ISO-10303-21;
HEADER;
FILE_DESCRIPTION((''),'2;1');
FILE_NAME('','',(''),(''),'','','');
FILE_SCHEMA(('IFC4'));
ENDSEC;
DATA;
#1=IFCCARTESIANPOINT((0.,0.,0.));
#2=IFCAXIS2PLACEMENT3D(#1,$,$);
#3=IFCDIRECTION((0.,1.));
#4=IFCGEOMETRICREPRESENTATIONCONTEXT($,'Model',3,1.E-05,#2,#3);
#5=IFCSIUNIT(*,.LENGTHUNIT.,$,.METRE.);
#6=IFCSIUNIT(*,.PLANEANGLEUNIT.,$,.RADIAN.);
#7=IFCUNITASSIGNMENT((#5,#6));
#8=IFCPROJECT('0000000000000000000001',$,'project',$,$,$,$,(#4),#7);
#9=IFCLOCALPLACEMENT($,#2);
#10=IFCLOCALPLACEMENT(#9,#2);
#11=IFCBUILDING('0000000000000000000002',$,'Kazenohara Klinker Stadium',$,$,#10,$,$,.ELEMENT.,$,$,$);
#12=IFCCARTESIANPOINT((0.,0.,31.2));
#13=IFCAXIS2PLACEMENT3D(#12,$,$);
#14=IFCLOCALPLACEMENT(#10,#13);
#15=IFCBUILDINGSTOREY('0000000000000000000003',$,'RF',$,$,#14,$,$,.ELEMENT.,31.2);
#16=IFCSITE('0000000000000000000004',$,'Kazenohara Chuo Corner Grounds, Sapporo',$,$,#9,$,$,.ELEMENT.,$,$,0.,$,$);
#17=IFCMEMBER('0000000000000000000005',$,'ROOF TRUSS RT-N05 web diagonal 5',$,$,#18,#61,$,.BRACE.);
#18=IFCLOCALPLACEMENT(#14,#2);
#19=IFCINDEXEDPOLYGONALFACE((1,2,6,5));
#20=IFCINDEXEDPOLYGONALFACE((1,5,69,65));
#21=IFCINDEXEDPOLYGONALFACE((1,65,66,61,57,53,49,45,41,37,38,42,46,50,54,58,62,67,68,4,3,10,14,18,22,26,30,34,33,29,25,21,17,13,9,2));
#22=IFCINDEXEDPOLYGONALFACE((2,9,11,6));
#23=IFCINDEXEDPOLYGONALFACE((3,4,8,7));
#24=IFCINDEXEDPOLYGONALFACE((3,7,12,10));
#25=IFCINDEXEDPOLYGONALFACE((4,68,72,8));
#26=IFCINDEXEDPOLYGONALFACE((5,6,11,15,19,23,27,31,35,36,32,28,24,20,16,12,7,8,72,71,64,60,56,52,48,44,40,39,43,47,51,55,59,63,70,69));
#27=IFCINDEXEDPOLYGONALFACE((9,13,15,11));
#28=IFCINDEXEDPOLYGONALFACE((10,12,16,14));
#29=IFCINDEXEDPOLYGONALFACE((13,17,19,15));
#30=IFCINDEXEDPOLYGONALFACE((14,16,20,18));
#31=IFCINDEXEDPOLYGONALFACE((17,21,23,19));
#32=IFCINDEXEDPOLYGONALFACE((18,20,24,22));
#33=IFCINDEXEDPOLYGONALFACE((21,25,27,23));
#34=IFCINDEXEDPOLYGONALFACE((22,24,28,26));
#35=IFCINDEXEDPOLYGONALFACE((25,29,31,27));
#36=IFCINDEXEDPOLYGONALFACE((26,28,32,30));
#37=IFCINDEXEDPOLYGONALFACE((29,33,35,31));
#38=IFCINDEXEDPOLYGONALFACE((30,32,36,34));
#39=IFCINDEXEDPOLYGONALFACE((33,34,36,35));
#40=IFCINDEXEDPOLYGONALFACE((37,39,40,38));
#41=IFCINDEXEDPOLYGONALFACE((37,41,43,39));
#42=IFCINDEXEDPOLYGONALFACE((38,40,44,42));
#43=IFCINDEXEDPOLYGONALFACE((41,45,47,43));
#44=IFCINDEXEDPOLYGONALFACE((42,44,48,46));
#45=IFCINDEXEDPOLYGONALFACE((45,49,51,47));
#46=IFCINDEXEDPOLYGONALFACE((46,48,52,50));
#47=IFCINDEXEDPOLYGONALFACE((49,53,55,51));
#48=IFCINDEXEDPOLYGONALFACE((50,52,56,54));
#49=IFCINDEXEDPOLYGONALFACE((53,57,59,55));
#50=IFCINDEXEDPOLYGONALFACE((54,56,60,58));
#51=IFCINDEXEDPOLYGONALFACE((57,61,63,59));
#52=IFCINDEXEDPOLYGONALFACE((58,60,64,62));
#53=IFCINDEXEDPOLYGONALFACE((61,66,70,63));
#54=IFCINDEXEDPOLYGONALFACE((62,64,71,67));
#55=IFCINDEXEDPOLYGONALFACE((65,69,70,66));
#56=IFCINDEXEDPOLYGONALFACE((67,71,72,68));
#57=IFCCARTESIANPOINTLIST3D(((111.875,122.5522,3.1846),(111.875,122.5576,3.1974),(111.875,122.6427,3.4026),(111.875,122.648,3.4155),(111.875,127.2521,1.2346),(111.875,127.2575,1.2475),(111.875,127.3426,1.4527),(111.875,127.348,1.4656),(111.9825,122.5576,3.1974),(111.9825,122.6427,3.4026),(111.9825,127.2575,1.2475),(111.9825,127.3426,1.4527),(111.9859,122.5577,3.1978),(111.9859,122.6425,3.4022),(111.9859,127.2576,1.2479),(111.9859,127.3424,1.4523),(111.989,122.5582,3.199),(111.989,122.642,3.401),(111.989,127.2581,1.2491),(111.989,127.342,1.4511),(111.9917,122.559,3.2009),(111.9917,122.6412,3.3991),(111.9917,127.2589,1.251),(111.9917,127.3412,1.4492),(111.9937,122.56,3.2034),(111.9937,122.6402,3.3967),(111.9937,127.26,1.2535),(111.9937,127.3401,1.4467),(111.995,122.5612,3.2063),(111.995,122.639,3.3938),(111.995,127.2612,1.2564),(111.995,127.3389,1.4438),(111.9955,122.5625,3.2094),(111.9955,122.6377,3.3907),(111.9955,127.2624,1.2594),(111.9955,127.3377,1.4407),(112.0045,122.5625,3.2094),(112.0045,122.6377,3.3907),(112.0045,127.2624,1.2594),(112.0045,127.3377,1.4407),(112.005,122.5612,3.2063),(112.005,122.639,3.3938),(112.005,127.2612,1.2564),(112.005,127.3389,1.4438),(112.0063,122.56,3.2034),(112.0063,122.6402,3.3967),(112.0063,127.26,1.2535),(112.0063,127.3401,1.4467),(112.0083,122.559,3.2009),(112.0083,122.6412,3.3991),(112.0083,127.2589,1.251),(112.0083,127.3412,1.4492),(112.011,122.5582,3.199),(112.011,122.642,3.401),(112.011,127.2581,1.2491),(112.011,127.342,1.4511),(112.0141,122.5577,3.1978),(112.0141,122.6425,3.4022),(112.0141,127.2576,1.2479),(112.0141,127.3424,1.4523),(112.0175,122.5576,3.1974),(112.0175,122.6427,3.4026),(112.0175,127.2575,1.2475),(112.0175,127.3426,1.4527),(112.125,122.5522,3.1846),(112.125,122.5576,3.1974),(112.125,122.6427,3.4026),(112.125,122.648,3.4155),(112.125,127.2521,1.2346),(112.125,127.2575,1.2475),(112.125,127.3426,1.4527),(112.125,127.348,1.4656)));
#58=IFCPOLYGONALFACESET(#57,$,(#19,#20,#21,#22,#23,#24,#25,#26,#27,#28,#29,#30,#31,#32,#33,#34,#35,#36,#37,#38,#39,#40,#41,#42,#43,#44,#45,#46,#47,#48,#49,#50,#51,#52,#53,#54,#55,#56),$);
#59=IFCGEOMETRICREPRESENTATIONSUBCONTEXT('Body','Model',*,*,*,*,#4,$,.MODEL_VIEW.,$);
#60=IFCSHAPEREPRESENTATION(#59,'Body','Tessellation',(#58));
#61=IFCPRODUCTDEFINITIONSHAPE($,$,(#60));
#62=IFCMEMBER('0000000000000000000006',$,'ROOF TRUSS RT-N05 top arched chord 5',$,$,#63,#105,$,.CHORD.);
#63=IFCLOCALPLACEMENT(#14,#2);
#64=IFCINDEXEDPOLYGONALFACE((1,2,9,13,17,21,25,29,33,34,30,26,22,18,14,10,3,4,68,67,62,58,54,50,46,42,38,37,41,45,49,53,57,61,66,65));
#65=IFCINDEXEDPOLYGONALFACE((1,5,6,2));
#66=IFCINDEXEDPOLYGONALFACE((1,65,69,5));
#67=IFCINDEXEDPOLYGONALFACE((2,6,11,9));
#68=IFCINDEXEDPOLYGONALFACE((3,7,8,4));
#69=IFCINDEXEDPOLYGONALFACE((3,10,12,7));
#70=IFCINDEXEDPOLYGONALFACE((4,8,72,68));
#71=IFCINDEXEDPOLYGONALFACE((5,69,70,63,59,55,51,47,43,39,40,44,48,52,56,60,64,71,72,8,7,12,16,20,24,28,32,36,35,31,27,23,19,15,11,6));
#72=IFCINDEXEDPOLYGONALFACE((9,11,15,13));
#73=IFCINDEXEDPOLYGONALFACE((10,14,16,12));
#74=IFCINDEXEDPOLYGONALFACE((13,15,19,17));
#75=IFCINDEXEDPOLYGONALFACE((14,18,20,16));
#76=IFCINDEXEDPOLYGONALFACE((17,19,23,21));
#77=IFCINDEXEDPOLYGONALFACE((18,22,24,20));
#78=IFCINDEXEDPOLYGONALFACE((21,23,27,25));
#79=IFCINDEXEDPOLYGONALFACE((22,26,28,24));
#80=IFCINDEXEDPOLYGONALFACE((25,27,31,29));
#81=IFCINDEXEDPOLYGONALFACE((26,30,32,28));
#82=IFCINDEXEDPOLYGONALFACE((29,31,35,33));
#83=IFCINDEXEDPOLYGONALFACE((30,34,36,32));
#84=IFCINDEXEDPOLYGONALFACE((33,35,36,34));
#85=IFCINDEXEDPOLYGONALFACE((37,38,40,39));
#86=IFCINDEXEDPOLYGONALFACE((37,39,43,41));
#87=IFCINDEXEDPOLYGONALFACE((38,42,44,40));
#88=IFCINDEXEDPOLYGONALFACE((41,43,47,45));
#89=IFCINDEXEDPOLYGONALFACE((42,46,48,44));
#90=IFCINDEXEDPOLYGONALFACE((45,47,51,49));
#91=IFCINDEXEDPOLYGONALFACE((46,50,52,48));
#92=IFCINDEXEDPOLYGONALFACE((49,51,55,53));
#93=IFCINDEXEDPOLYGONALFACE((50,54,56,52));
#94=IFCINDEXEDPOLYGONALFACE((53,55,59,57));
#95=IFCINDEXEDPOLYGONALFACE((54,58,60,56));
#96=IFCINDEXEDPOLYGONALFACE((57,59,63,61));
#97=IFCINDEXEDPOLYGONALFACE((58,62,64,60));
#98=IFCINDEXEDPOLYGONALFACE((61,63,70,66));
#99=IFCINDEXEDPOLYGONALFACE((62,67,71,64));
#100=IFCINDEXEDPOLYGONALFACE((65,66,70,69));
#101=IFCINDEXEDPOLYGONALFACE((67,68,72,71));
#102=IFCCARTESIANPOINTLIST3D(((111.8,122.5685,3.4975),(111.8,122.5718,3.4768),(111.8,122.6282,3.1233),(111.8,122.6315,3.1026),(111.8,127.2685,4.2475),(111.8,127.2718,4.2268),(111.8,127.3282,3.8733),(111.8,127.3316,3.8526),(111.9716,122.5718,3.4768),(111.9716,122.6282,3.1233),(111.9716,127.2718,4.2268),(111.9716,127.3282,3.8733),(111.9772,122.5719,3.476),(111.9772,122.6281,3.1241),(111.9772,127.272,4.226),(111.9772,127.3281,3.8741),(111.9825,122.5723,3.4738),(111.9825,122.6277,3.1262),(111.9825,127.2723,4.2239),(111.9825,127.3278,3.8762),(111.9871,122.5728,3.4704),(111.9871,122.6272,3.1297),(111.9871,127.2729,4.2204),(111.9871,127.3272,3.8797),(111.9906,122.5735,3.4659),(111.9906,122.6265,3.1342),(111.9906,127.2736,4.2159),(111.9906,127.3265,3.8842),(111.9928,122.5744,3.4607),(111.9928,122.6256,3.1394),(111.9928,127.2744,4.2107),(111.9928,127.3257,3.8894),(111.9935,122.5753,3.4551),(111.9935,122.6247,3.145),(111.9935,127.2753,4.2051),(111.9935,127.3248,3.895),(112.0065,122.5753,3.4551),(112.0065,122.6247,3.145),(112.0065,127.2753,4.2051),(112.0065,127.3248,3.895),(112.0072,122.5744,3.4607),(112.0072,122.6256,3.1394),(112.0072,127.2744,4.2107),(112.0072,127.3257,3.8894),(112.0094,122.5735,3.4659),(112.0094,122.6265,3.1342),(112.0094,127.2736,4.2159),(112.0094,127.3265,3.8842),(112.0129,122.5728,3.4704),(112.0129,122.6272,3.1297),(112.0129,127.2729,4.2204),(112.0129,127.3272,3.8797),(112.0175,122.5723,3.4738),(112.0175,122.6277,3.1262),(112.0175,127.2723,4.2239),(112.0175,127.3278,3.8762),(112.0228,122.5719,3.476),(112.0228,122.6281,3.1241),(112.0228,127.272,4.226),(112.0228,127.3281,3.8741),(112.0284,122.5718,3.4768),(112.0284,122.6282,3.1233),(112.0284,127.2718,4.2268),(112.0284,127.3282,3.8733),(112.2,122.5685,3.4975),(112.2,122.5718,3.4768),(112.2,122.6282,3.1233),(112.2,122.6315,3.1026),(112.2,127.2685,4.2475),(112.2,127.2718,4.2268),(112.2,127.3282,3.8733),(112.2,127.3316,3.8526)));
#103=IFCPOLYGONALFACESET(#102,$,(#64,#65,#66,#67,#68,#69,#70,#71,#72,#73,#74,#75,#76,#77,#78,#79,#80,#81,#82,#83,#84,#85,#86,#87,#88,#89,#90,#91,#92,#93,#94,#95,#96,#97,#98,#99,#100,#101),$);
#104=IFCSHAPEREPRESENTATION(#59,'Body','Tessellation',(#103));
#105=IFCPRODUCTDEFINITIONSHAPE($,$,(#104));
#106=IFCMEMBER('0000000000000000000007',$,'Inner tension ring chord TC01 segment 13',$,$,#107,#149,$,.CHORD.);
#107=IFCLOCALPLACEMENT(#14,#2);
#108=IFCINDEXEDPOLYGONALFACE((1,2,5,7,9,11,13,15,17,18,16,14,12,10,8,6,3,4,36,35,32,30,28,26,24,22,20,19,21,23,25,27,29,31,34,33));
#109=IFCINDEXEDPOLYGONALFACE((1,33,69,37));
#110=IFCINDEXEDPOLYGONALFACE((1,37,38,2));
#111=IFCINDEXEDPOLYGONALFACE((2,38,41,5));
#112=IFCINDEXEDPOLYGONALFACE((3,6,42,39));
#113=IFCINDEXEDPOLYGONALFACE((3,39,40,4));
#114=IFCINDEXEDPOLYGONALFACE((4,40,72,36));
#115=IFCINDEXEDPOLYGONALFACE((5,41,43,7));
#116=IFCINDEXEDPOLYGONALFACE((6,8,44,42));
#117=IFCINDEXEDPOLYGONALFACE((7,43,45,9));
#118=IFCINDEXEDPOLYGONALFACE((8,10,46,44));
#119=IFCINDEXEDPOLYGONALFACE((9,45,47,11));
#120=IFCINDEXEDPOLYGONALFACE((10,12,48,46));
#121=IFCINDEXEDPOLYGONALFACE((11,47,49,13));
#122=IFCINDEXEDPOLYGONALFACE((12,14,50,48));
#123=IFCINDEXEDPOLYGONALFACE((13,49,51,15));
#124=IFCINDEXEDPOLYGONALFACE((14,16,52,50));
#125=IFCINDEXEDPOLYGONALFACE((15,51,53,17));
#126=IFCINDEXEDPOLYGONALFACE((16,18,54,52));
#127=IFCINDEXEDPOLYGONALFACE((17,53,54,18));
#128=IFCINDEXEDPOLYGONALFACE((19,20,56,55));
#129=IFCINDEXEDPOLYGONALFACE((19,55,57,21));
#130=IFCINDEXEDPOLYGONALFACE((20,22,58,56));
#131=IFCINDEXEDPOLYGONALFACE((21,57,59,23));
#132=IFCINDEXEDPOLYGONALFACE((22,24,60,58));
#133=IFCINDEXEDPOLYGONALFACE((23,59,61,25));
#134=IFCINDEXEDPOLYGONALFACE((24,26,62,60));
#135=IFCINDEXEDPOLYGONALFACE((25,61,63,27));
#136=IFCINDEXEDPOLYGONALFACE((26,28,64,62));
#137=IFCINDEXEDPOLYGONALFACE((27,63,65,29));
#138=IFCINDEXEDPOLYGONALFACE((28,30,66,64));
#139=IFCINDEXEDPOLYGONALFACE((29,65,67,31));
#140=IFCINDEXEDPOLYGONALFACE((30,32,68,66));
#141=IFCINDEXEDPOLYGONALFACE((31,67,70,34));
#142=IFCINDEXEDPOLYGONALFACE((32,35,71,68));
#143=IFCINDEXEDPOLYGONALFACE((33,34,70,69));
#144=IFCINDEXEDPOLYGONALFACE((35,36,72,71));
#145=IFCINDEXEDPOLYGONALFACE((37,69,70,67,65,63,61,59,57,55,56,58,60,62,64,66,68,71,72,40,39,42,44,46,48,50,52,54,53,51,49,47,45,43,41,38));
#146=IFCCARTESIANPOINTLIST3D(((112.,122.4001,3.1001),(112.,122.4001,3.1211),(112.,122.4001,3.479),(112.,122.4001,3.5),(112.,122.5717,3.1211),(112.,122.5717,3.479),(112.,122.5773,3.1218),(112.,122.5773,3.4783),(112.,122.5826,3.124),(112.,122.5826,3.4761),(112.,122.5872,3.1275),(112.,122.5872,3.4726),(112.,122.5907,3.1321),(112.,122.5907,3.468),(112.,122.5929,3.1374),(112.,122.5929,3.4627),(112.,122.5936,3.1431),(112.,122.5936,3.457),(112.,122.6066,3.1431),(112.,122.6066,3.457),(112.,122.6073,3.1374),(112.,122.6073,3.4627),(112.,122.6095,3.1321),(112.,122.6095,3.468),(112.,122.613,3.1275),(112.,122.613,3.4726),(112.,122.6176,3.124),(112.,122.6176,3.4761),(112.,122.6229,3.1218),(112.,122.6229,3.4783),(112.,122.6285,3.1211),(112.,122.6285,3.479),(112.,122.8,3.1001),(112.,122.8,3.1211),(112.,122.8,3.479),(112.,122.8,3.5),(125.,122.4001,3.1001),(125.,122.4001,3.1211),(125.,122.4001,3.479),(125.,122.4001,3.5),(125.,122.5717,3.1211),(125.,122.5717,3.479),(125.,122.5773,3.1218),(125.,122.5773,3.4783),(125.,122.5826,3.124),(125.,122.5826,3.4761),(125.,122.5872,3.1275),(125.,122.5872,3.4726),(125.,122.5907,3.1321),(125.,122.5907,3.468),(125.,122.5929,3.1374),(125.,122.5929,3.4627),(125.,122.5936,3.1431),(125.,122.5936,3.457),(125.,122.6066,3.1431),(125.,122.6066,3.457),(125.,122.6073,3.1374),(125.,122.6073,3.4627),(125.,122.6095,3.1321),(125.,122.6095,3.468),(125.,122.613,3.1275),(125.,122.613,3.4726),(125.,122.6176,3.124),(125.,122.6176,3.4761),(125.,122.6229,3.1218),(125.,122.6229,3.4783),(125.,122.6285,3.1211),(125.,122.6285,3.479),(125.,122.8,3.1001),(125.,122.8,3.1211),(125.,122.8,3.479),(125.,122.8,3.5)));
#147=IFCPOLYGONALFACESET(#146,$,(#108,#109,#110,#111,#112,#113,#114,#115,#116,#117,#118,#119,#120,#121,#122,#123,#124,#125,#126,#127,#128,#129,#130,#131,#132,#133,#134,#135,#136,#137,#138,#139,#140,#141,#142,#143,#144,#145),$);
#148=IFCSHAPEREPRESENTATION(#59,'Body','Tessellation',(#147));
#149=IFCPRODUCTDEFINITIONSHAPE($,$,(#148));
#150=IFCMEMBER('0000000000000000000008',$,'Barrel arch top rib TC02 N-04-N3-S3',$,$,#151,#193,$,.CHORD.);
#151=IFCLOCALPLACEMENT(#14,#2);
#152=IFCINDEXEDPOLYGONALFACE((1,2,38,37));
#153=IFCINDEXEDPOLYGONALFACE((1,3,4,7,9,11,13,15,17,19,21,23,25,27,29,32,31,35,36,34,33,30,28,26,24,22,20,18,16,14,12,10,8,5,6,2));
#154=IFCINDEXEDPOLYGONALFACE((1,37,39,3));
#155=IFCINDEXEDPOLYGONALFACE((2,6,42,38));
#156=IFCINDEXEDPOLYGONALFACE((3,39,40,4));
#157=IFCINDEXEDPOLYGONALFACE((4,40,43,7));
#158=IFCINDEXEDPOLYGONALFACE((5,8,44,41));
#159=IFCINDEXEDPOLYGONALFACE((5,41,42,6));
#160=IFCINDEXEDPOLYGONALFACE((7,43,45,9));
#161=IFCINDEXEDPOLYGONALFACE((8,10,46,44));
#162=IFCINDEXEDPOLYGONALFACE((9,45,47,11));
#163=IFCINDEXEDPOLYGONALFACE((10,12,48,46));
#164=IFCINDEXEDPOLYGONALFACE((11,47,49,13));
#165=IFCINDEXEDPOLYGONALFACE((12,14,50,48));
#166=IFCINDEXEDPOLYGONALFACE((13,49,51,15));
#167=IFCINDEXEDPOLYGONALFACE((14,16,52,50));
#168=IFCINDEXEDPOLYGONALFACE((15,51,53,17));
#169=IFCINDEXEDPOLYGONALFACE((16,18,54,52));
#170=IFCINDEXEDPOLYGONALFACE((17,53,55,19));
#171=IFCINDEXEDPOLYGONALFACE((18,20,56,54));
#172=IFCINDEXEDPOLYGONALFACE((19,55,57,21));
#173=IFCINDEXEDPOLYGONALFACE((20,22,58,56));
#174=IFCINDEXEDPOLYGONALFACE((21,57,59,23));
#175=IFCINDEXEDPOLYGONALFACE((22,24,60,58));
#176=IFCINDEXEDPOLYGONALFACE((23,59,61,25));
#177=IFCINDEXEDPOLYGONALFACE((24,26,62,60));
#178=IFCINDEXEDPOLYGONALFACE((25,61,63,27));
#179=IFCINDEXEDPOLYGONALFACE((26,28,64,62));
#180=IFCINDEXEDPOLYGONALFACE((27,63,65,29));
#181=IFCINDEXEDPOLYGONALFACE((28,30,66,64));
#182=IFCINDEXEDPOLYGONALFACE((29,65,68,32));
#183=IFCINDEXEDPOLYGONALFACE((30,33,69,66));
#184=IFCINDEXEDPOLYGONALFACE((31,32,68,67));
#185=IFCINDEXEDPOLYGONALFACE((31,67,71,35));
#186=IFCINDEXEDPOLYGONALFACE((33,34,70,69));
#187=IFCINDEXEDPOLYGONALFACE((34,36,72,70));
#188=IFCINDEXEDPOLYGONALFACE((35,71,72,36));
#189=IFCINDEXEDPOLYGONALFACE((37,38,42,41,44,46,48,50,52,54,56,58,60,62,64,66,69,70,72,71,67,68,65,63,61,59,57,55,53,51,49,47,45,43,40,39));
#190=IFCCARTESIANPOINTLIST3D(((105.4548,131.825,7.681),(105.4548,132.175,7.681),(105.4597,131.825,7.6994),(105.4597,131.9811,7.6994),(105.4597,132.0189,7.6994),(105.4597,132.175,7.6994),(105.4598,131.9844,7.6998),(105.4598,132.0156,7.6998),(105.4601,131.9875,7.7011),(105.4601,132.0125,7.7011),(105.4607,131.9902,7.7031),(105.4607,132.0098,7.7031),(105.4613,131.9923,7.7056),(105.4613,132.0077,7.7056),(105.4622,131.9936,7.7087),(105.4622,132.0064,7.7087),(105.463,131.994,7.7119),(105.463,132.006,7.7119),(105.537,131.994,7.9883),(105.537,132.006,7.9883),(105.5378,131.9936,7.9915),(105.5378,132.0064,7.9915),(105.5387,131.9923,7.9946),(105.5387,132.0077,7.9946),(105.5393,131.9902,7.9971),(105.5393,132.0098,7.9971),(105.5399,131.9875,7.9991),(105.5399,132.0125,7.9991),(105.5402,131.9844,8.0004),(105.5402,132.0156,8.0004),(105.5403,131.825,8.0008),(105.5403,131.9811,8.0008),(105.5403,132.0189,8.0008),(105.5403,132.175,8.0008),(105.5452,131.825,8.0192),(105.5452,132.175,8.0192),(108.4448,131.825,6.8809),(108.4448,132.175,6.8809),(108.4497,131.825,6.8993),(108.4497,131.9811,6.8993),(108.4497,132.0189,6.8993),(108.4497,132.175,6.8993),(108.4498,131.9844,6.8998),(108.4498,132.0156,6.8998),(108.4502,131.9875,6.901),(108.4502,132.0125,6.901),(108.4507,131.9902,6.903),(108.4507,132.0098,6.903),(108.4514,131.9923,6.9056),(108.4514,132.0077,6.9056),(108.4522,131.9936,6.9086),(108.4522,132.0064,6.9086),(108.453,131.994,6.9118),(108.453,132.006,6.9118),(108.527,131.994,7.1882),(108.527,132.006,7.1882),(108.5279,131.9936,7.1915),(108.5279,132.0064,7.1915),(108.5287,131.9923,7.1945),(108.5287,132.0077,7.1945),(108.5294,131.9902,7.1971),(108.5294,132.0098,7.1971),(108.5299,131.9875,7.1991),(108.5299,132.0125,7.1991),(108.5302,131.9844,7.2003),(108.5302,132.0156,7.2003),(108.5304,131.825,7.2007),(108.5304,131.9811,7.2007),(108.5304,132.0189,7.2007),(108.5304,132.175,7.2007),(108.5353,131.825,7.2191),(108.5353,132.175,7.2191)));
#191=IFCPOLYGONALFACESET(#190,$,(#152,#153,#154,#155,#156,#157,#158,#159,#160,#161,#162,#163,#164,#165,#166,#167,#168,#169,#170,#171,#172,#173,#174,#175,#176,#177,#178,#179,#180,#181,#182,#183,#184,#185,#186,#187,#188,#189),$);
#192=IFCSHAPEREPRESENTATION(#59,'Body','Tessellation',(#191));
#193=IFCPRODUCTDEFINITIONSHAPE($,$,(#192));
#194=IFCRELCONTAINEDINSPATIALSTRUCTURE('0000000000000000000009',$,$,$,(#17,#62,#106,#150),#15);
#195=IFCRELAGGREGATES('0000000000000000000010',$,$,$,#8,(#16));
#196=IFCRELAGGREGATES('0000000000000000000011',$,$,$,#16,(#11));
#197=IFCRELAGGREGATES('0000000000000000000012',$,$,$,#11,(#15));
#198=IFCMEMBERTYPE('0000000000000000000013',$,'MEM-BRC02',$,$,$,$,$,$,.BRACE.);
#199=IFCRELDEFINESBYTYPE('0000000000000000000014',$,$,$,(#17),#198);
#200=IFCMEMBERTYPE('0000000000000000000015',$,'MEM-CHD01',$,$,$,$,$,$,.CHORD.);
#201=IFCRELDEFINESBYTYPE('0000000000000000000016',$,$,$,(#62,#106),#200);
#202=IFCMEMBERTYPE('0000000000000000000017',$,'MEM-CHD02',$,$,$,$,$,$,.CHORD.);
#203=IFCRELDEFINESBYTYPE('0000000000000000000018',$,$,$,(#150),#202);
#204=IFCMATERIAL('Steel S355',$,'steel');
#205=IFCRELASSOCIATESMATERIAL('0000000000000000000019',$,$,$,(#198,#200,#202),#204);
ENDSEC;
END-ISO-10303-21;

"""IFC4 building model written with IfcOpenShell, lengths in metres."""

from ifc_helpers import new_model, si_unit, direction, frame, origin, origin_2d, place, context, subcontext, project, spatial, i_section, extrude, material, material_profile, profile_set, type_object, element, save


model = new_model("IFC4")

# Units and contexts
model_context = context("Model", 3, precision=1e-05, world=origin(), true_north=direction((0.0, 1.0)))
body_context = subcontext(model_context, "Body", "Model", "MODEL_VIEW")
ifc_project = project(units=[si_unit("LENGTHUNIT", "METRE"), si_unit("PLANEANGLEUNIT", "RADIAN")], contexts=[model_context])

# Site, building, storey
site_placement = place(None, origin())
site = spatial("IfcSite", under=ifc_project, at=site_placement, Name="Kazenohara Chuo Corner Grounds, Sapporo", CompositionType="ELEMENT", RefElevation=0.0)
building_placement = place(site_placement, origin())
building = spatial("IfcBuilding", under=site, at=building_placement, Name="Kazenohara Klinker Stadium", CompositionType="ELEMENT")
storey_placement = place(building_placement, frame((0.0, 0.0, 31.2)))
storey = spatial("IfcBuildingStorey", under=building, at=storey_placement, Name="RF", CompositionType="ELEMENT", Elevation=31.2)

# Members
ifc_material_1 = material(Name="Steel S355", Category="steel")
ifc_material_profile_1 = material_profile(ifc_material_1, i_section(OverallWidth=0.25, OverallDepth=0.25, WebThickness=0.009, FlangeThickness=0.0139, FilletRadius=0.0129, at=origin_2d()), Name="H-250x250x9x14")
ifc_profile_set_1 = profile_set([ifc_material_profile_1], Name="Steel S355")
member_type_1 = type_object("IfcMemberType", Name="MEM-BRC02", PredefinedType="BRACE", material=ifc_profile_set_1)
member_1_placement = place(storey_placement, frame((112.0, 127.3, 1.3501), z_axis=(0.0, -0.923659, 0.383215), x_axis=(1.0, 0.0, 0.0)))
element("IfcMember", 1, at=member_1_placement, inside=storey, type_object=member_type_1, Name="ROOF TRUSS RT-N05 web diagonal 5", PredefinedType="BRACE", context=body_context, shape_type="SweptSolid", body=[
    extrude(i_section(OverallWidth=0.25, OverallDepth=0.25, WebThickness=0.009, FlangeThickness=0.0139, FilletRadius=0.0129, at=origin_2d()), origin(), (0.0, 0.0, 1.0), 5.0884),
])
ifc_material_profile_2 = material_profile(ifc_material_1, i_section(OverallWidth=0.3999, OverallDepth=0.3999, WebThickness=0.0129, FlangeThickness=0.021, FilletRadius=0.022, at=origin_2d()), Name="H-400x400x13x21")
ifc_profile_set_2 = profile_set([ifc_material_profile_2], Name="Steel S355")
member_type_2 = type_object("IfcMemberType", Name="MEM-CHD01", PredefinedType="CHORD", material=ifc_profile_set_2)
member_2_placement = place(storey_placement, frame((112.0, 127.3, 4.05), z_axis=(0.0, -0.987506, -0.157582), x_axis=(1.0, 0.0, 0.0)))
element("IfcMember", 2, at=member_2_placement, inside=storey, type_object=member_type_2, Name="ROOF TRUSS RT-N05 top arched chord 5", PredefinedType="CHORD", context=body_context, shape_type="SweptSolid", body=[
    extrude(i_section(OverallWidth=0.3999, OverallDepth=0.3999, WebThickness=0.0129, FlangeThickness=0.021, FilletRadius=0.022, at=origin_2d()), origin(), (0.0, 0.0, 1.0), 4.7595),
])
member_3_placement = place(storey_placement, frame((112.0, 122.6001, 3.3), z_axis=(1.0, 0.0, 0.0), x_axis=(0.0, 1.0, 0.0)))
element("IfcMember", 3, at=member_3_placement, inside=storey, type_object=member_type_2, Name="Inner tension ring chord TC01 segment 13", PredefinedType="CHORD", context=body_context, shape_type="SweptSolid", body=[
    extrude(i_section(OverallWidth=0.3999, OverallDepth=0.3999, WebThickness=0.0129, FlangeThickness=0.021, FilletRadius=0.022, at=origin_2d()), origin(), (0.0, 0.0, 1.0), 13.0),
])
ifc_material_profile_3 = material_profile(ifc_material_1, i_section(OverallWidth=0.3501, OverallDepth=0.3501, WebThickness=0.012, FlangeThickness=0.019, FilletRadius=0.0129, at=origin_2d()), Name="H-350x350x12x19")
ifc_profile_set_3 = profile_set([ifc_material_profile_3], Name="Steel S355")
member_type_3 = type_object("IfcMemberType", Name="MEM-CHD02", PredefinedType="CHORD", material=ifc_profile_set_3)
member_4_placement = place(storey_placement, frame((105.5, 132.0, 7.8501), z_axis=(0.966016, 0.0, -0.258482), x_axis=(0.0, 1.0, 0.0)))
element("IfcMember", 4, at=member_4_placement, inside=storey, type_object=member_type_3, Name="Barrel arch top rib TC02 N-04-N3-S3", PredefinedType="CHORD", context=body_context, shape_type="SweptSolid", body=[
    extrude(i_section(OverallWidth=0.3501, OverallDepth=0.3501, WebThickness=0.012, FlangeThickness=0.019, FilletRadius=0.0129, at=origin_2d()), origin(), (0.0, 0.0, 1.0), 3.0952),
])

save(model, "model.ifc")
